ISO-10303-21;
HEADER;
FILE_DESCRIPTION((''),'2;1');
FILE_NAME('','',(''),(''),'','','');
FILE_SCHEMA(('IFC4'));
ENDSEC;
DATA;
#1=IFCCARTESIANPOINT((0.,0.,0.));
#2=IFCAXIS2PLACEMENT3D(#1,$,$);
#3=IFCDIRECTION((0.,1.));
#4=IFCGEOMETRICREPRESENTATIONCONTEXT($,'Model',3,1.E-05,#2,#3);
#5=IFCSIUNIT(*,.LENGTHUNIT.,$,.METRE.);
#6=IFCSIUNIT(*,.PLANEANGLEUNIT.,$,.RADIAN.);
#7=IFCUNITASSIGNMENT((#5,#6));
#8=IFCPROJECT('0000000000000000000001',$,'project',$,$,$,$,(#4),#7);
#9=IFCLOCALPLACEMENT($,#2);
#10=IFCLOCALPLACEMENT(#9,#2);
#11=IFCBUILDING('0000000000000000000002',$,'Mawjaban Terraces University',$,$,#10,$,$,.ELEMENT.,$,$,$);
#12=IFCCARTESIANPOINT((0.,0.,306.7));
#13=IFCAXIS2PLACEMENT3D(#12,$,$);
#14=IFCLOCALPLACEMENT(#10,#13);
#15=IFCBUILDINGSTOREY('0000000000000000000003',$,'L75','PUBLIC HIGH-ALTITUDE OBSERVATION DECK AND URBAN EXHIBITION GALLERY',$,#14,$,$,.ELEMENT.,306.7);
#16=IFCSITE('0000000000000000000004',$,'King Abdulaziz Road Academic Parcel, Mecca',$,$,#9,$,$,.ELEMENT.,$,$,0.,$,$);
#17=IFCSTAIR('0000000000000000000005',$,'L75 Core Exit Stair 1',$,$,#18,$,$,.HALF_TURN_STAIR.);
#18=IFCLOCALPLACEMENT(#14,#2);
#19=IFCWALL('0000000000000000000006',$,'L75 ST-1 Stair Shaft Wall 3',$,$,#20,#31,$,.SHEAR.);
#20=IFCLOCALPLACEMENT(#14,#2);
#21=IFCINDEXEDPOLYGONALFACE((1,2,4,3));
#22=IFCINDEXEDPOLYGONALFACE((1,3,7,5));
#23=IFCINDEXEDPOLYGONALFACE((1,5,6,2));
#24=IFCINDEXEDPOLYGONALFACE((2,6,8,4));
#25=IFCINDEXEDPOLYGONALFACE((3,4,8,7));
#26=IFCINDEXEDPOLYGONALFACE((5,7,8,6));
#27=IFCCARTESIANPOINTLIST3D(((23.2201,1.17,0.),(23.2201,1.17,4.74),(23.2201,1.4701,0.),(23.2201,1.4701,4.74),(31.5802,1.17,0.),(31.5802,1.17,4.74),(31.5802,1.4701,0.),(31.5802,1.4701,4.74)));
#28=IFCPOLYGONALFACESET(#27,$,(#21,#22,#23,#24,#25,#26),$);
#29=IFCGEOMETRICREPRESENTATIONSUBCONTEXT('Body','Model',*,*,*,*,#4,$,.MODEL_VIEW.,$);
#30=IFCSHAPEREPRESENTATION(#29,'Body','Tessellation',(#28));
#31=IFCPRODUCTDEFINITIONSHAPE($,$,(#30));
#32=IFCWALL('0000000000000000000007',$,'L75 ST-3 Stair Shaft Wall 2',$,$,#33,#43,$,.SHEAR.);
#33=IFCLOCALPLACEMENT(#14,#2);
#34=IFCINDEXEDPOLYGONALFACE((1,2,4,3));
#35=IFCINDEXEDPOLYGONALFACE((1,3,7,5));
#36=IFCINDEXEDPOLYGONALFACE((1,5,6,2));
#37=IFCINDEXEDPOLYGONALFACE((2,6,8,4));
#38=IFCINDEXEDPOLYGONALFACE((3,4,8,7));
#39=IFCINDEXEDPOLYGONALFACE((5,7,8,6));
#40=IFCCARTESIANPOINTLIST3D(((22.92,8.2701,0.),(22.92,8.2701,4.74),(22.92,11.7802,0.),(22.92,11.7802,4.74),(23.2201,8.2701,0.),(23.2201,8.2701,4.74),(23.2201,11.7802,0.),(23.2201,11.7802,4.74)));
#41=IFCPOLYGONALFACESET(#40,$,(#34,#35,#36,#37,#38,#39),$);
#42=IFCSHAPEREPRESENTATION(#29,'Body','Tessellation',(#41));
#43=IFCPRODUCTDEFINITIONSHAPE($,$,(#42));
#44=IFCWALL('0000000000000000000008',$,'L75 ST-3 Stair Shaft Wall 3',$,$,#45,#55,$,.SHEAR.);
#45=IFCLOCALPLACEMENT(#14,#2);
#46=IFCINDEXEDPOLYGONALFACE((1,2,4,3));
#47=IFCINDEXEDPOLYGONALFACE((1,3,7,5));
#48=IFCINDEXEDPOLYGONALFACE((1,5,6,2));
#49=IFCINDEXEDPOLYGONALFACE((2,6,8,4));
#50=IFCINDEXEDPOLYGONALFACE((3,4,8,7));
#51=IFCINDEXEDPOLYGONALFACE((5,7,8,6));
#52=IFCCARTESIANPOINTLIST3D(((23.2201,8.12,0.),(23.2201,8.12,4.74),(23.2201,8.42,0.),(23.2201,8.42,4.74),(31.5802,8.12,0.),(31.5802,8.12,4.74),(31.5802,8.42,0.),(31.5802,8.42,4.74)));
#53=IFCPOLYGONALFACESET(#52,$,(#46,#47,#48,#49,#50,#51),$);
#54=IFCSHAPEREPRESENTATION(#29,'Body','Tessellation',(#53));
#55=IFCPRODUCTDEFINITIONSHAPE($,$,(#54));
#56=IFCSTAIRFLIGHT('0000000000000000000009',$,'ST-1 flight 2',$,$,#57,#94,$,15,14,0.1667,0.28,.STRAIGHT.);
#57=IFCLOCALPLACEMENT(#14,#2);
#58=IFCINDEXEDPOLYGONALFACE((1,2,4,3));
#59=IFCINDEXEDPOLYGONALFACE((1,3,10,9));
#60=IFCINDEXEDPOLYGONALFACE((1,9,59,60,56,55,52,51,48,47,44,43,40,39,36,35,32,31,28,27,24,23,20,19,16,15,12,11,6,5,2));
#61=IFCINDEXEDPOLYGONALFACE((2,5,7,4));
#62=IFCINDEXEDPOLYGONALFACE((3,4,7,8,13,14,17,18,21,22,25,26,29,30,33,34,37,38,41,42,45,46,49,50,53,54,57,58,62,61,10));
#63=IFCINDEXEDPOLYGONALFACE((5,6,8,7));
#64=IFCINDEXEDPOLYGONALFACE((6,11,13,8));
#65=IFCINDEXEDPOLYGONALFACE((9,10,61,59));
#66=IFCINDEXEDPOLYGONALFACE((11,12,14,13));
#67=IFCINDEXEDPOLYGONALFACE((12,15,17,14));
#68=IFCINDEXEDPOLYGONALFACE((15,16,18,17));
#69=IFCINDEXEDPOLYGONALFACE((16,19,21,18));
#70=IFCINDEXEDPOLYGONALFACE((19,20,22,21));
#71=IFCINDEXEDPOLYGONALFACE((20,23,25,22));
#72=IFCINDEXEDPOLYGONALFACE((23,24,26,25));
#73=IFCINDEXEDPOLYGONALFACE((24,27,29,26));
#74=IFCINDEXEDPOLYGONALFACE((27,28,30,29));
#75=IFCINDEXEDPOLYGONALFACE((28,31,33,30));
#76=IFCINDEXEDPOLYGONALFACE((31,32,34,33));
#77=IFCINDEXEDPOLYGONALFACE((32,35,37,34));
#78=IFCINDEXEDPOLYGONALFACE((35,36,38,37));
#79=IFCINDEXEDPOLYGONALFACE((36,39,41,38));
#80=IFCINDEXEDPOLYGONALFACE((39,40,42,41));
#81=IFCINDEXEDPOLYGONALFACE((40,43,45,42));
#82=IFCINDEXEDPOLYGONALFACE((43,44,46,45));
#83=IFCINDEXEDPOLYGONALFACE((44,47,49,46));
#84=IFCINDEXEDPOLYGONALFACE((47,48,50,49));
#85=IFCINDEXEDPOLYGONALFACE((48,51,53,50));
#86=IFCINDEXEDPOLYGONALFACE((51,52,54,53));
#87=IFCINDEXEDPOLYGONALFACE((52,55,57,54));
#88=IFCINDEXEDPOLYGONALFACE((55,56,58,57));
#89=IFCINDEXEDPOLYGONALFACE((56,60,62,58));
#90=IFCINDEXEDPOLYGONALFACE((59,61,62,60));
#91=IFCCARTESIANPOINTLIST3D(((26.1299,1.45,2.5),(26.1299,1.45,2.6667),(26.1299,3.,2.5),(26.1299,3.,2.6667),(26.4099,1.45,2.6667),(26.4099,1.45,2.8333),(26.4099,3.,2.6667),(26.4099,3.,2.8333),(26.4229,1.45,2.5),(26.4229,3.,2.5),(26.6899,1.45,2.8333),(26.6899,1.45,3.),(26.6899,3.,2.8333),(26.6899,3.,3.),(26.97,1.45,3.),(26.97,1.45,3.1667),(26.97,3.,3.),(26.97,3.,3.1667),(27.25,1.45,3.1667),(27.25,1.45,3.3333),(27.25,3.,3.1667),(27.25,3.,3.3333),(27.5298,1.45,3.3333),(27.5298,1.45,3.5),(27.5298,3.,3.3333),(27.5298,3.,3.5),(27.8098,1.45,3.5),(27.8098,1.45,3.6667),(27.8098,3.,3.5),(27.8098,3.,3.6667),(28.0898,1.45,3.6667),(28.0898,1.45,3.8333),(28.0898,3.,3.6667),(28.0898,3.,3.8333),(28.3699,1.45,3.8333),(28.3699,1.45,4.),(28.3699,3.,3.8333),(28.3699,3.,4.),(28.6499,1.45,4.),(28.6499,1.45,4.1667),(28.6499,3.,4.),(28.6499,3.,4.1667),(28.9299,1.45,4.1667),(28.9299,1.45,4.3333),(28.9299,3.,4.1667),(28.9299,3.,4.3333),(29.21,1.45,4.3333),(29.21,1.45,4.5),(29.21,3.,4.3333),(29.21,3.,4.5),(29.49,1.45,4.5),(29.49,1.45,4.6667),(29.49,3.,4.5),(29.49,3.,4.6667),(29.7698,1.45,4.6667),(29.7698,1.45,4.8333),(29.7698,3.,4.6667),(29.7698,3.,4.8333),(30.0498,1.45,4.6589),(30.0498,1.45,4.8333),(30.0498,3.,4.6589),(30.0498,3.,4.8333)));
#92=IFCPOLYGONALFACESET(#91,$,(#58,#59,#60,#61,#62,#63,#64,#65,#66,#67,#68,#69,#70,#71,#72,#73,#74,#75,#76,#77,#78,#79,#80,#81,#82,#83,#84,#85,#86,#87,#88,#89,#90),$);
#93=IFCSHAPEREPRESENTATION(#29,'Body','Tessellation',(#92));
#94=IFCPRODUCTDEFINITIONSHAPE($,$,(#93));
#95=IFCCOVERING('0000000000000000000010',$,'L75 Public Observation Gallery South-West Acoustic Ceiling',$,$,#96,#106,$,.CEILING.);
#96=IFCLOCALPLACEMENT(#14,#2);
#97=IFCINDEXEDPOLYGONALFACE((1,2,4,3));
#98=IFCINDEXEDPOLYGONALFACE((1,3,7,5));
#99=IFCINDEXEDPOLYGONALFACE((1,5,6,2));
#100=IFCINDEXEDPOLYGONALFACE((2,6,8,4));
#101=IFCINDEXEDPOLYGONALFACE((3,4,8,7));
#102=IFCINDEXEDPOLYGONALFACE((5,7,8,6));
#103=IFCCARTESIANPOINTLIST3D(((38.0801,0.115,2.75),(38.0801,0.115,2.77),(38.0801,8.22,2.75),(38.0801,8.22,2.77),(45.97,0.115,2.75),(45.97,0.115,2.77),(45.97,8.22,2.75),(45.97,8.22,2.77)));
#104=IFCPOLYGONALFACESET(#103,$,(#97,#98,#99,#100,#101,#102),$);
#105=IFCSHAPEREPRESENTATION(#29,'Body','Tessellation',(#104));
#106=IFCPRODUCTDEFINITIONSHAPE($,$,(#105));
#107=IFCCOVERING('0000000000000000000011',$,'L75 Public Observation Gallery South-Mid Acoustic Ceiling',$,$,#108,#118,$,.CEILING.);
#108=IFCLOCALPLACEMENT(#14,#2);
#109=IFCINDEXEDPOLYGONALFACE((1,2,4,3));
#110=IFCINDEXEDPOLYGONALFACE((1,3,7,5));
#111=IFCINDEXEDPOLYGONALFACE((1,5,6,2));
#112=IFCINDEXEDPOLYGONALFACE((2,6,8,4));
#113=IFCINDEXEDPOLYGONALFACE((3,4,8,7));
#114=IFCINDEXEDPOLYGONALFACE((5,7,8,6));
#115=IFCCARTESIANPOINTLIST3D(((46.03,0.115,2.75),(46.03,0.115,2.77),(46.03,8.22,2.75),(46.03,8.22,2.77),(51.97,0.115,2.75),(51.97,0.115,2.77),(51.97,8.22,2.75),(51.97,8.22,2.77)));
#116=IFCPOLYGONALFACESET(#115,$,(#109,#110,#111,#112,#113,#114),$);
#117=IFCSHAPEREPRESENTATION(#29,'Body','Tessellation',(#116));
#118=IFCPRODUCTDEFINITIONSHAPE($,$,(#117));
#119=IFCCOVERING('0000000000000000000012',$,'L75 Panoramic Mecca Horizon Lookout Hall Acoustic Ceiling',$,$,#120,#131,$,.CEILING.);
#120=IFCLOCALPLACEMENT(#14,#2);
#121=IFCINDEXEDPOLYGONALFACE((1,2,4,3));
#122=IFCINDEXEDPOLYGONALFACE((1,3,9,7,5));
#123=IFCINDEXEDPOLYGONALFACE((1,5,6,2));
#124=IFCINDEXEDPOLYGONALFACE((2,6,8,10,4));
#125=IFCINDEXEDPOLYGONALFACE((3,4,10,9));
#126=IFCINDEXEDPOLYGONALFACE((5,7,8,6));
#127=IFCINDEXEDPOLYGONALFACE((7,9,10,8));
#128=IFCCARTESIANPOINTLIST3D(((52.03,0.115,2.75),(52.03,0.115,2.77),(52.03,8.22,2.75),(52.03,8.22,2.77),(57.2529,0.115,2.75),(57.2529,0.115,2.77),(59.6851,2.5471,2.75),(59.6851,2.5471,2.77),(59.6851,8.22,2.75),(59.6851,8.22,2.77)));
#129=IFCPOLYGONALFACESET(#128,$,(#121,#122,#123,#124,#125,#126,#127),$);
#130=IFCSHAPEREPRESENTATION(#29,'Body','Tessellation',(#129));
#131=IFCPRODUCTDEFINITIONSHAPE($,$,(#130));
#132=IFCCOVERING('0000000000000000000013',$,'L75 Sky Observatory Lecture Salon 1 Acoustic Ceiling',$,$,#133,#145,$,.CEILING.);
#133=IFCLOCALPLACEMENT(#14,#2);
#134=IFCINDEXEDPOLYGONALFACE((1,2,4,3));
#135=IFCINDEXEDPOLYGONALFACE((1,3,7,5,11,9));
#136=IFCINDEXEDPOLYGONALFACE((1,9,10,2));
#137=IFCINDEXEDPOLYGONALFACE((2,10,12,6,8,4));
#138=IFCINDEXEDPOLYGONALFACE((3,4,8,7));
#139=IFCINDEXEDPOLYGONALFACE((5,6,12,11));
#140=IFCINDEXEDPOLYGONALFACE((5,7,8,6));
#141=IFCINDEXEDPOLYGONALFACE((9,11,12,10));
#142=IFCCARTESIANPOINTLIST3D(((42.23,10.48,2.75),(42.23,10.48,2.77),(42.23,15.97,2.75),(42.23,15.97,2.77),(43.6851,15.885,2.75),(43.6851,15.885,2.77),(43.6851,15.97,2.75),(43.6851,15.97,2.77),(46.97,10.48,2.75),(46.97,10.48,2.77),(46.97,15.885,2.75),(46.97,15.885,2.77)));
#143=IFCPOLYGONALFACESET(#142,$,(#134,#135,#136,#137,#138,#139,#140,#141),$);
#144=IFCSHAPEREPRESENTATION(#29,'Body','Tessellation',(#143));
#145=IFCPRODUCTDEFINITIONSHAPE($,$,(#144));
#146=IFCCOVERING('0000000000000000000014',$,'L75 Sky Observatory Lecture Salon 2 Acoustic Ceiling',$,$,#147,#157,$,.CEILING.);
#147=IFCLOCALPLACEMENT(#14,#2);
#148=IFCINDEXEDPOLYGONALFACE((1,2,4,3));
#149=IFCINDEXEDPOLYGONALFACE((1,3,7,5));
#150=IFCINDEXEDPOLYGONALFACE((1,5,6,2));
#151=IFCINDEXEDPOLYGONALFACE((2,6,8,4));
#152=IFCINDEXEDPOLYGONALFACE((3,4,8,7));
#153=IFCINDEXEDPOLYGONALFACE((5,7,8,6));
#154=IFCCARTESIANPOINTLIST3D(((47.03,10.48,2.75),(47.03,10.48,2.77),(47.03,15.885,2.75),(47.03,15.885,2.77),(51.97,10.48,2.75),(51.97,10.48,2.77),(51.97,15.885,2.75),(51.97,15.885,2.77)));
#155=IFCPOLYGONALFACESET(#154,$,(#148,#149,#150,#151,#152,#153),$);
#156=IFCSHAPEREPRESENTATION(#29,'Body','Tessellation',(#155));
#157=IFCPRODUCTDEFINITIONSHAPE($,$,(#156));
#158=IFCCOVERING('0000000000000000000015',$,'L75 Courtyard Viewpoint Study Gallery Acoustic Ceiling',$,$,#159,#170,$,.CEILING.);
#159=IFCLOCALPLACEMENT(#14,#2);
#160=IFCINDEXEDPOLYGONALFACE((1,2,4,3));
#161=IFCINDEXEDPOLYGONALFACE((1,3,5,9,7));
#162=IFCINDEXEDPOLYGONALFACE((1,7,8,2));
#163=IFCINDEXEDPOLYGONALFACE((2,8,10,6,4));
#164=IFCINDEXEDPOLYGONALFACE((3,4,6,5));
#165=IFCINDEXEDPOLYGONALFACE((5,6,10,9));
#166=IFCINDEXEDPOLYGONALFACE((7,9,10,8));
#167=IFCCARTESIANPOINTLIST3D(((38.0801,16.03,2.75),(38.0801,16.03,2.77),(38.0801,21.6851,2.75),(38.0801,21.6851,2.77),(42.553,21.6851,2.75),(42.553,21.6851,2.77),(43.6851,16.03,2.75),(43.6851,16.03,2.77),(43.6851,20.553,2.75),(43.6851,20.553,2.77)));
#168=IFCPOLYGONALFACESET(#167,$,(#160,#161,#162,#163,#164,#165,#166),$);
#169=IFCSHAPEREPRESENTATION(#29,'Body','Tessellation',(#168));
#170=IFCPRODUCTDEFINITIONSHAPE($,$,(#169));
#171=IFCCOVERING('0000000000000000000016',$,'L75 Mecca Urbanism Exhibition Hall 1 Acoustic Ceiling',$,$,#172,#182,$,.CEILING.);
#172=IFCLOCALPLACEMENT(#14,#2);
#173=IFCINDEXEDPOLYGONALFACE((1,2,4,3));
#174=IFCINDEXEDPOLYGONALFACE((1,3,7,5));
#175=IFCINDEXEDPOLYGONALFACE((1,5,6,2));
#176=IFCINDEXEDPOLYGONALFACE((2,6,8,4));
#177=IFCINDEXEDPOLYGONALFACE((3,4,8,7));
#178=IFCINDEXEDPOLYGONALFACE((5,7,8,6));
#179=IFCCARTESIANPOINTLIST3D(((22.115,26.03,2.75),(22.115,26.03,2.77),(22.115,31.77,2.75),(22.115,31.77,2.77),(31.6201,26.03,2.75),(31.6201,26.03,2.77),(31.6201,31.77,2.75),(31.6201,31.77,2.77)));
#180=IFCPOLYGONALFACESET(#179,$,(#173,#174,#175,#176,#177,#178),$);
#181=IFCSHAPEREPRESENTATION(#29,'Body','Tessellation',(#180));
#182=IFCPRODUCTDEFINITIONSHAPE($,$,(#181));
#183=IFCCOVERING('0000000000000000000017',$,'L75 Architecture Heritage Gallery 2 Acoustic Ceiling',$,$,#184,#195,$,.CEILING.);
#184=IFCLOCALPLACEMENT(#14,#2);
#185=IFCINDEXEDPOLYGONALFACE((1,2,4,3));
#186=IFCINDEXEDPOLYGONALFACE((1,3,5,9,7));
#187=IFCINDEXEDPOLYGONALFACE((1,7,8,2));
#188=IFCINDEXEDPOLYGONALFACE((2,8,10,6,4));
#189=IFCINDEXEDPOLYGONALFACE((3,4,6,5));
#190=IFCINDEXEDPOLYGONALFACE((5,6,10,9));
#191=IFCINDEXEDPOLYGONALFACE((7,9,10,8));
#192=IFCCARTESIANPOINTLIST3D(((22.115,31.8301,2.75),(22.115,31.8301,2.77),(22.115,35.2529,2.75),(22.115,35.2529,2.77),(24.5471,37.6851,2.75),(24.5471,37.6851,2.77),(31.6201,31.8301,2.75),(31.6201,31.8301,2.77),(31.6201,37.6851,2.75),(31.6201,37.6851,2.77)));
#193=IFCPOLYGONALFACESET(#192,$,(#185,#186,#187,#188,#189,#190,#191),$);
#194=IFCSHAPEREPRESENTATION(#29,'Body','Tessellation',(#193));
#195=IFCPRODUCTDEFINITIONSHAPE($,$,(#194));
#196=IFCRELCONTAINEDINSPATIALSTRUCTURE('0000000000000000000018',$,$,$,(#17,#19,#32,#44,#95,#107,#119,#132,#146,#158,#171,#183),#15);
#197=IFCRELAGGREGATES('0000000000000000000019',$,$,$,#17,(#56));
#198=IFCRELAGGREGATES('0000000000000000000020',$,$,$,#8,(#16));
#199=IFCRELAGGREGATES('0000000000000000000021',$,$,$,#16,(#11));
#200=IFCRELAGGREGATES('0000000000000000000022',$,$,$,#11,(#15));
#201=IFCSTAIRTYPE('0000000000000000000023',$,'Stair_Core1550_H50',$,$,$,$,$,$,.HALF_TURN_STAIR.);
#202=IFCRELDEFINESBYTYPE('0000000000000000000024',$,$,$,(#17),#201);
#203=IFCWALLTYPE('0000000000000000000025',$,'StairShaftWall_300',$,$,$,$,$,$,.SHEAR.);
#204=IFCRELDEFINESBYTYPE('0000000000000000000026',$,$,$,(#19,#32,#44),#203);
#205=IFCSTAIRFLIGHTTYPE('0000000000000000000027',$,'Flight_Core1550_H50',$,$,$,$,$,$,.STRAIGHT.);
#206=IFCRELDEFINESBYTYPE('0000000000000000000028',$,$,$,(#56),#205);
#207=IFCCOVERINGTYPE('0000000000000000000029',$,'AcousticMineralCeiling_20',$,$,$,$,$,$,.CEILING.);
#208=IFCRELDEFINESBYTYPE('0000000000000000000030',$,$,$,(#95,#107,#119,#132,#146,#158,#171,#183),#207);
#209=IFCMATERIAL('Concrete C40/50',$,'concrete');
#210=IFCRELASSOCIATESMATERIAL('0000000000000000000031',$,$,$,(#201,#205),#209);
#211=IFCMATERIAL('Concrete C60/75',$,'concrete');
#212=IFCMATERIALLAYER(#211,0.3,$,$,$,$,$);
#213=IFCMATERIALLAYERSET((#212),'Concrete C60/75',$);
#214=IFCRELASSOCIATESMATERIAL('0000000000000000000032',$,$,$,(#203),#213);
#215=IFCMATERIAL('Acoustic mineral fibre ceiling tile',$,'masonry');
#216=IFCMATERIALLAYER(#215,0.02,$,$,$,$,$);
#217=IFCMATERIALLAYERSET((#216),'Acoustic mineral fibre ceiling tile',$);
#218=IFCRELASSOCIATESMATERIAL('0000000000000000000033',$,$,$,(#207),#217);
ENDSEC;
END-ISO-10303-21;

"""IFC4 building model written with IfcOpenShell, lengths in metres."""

from ifc_helpers import new_model, si_unit, direction, frame, frame_2d, origin, place, context, subcontext, project, spatial, polyline, rectangle, outline, extrude, material, layer, layer_set, type_object, element, aggregate, save


model = new_model("IFC4")

# Units and contexts
model_context = context("Model", 3, precision=1e-05, world=origin(), true_north=direction((0.0, 1.0)))
body_context = subcontext(model_context, "Body", "Model", "MODEL_VIEW")
ifc_project = project(units=[si_unit("LENGTHUNIT", "METRE"), si_unit("PLANEANGLEUNIT", "RADIAN")], contexts=[model_context])

# Site, building, storey
site_placement = place(None, origin())
site = spatial("IfcSite", under=ifc_project, at=site_placement, Name="King Abdulaziz Road Academic Parcel, Mecca", CompositionType="ELEMENT", RefElevation=0.0)
building_placement = place(site_placement, origin())
building = spatial("IfcBuilding", under=site, at=building_placement, Name="Mawjaban Terraces University", CompositionType="ELEMENT")
storey_placement = place(building_placement, frame((0.0, 0.0, 306.7)))
storey = spatial("IfcBuildingStorey", under=building, at=storey_placement, Name="L75", Description="PUBLIC HIGH-ALTITUDE OBSERVATION DECK AND URBAN EXHIBITION GALLERY", CompositionType="ELEMENT", Elevation=306.7)

# Shared definitions
ifc_material_1 = material(Name="Concrete C40/50", Category="concrete")

# Stair
stair_type = type_object("IfcStairType", Name="Stair_Core1550_H50", PredefinedType="HALF_TURN_STAIR", material=ifc_material_1)
stair_1_placement = place(storey_placement, origin())
stair_1 = element("IfcStair", 1, at=stair_1_placement, inside=storey, type_object=stair_type, Name="L75 Core Exit Stair 1", PredefinedType="HALF_TURN_STAIR")

# Walls
ifc_material_2 = material(Name="Concrete C60/75", Category="concrete")
ifc_layer_1 = layer(ifc_material_2, 0.3)
ifc_layer_set_1 = layer_set([ifc_layer_1], Name="Concrete C60/75")
wall_type_1 = type_object("IfcWallType", Name="StairShaftWall_300", PredefinedType="SHEAR", material=ifc_layer_set_1)
wall_1_placement = place(storey_placement, frame((23.22, 1.3201, 0.0), z_axis=(0.0, 0.0, 1.0), x_axis=(1.0, 0.0, 0.0)))
element("IfcWall", 2, at=wall_1_placement, inside=storey, type_object=wall_type_1, Name="L75 ST-1 Stair Shaft Wall 3", PredefinedType="SHEAR", context=body_context, shape_type="SweptSolid", body=[
    extrude(rectangle(XDim=8.3601, YDim=0.3, at=frame_2d((4.1802, 0.0))), origin(), (0.0, 0.0, 1.0), 4.74),
])
wall_2_placement = place(storey_placement, frame((23.0701, 11.78, 0.0), z_axis=(0.0, 0.0, 1.0), x_axis=(0.0, -1.0, 0.0)))
element("IfcWall", 3, at=wall_2_placement, inside=storey, type_object=wall_type_1, Name="L75 ST-3 Stair Shaft Wall 2", PredefinedType="SHEAR", context=body_context, shape_type="SweptSolid", body=[
    extrude(rectangle(XDim=3.51, YDim=0.3, at=frame_2d((1.7549, 0.0))), origin(), (0.0, 0.0, 1.0), 4.74),
])
wall_3_placement = place(storey_placement, frame((23.22, 8.27, 0.0), z_axis=(0.0, 0.0, 1.0), x_axis=(1.0, 0.0, 0.0)))
element("IfcWall", 4, at=wall_3_placement, inside=storey, type_object=wall_type_1, Name="L75 ST-3 Stair Shaft Wall 3", PredefinedType="SHEAR", context=body_context, shape_type="SweptSolid", body=[
    extrude(rectangle(XDim=8.3601, YDim=0.3, at=frame_2d((4.1802, 0.0))), origin(), (0.0, 0.0, 1.0), 4.74),
])

# Stair flight
stair_flight_type = type_object("IfcStairFlightType", Name="Flight_Core1550_H50", PredefinedType="STRAIGHT", material=ifc_material_1)
stair_flight_placement = place(storey_placement, frame((26.1299, 2.2251, 2.5), z_axis=(0.0, 0.0, 1.0), x_axis=(1.0, 0.0, 0.0)))
stair_flight = element("IfcStairFlight", 5, at=stair_flight_placement, type_object=stair_flight_type, Name="ST-1 flight 2", NumberOfRisers=15, NumberOfTreads=14, PredefinedType="STRAIGHT", RiserHeight=0.1667, TreadLength=0.28, context=body_context, shape_type="SweptSolid", body=[
    extrude(outline(polyline([(0.0, 0.0), (0.0, 0.1667), (0.28, 0.1667), (0.28, 0.3333), (0.5601, 0.3333), (0.5601, 0.5), (0.8401, 0.5), (0.8401, 0.6667), (1.1201, 0.6667), (1.1201, 0.8333), (1.3999, 0.8333), (1.3999, 1.0), (1.6799, 1.0), (1.6799, 1.1667), (1.96, 1.1667), (1.96, 1.3333), (2.24, 1.3333), (2.24, 1.5), (2.52, 1.5), (2.52, 1.6667), (2.8, 1.6667), (2.8, 1.8333), (3.0801, 1.8333), (3.0801, 2.0), (3.3601, 2.0), (3.3601, 2.1667), (3.6399, 2.1667), (3.6399, 2.3333), (3.9199, 2.3333), (3.9199, 2.5), (3.9199, 2.1589), (0.293, 0.0), (0.0, 0.0)])), frame((0.0, 0.7749, 0.0), z_axis=(0.0, -1.0, 0.0), x_axis=(1.0, 0.0, 0.0)), (0.0, 0.0, 1.0), 1.55),
])
aggregate(stair_1, [stair_flight])

# Coverings
ifc_material_3 = material(Name="Acoustic mineral fibre ceiling tile", Category="masonry")
ifc_layer_2 = layer(ifc_material_3, 0.02)
ifc_layer_set_2 = layer_set([ifc_layer_2], Name="Acoustic mineral fibre ceiling tile")
covering_type_1 = type_object("IfcCoveringType", Name="AcousticMineralCeiling_20", PredefinedType="CEILING", material=ifc_layer_set_2)
covering_1_placement = place(storey_placement, frame((0.0, 0.0, 2.75)))
element("IfcCovering", 6, at=covering_1_placement, inside=storey, type_object=covering_type_1, Name="L75 Public Observation Gallery South-West Acoustic Ceiling", PredefinedType="CEILING", context=body_context, shape_type="SweptSolid", body=[
    extrude(outline(polyline([(45.97, 0.115), (45.97, 8.22), (38.0801, 8.22), (38.0801, 0.115), (45.97, 0.115)])), origin(), (0.0, 0.0, 1.0), 0.02),
])
covering_2_placement = place(storey_placement, frame((0.0, 0.0, 2.75)))
element("IfcCovering", 7, at=covering_2_placement, inside=storey, type_object=covering_type_1, Name="L75 Public Observation Gallery South-Mid Acoustic Ceiling", PredefinedType="CEILING", context=body_context, shape_type="SweptSolid", body=[
    extrude(outline(polyline([(46.03, 0.115), (51.97, 0.115), (51.97, 8.22), (46.03, 8.22), (46.03, 0.115)])), origin(), (0.0, 0.0, 1.0), 0.02),
])
covering_3_placement = place(storey_placement, frame((0.0, 0.0, 2.75)))
element("IfcCovering", 8, at=covering_3_placement, inside=storey, type_object=covering_type_1, Name="L75 Panoramic Mecca Horizon Lookout Hall Acoustic Ceiling", PredefinedType="CEILING", context=body_context, shape_type="SweptSolid", body=[
    extrude(outline(polyline([(52.03, 8.22), (52.03, 0.115), (57.2529, 0.115), (59.6851, 2.5471), (59.6851, 8.22), (52.03, 8.22)])), origin(), (0.0, 0.0, 1.0), 0.02),
])
covering_4_placement = place(storey_placement, frame((0.0, 0.0, 2.75)))
element("IfcCovering", 9, at=covering_4_placement, inside=storey, type_object=covering_type_1, Name="L75 Sky Observatory Lecture Salon 1 Acoustic Ceiling", PredefinedType="CEILING", context=body_context, shape_type="SweptSolid", body=[
    extrude(outline(polyline([(46.97, 15.885), (43.6851, 15.885), (43.6851, 15.97), (42.23, 15.97), (42.23, 10.48), (46.97, 10.48), (46.97, 15.885)])), origin(), (0.0, 0.0, 1.0), 0.02),
])
covering_5_placement = place(storey_placement, frame((0.0, 0.0, 2.75)))
element("IfcCovering", 10, at=covering_5_placement, inside=storey, type_object=covering_type_1, Name="L75 Sky Observatory Lecture Salon 2 Acoustic Ceiling", PredefinedType="CEILING", context=body_context, shape_type="SweptSolid", body=[
    extrude(outline(polyline([(51.97, 15.885), (47.03, 15.885), (47.03, 10.48), (51.97, 10.48), (51.97, 15.885)])), origin(), (0.0, 0.0, 1.0), 0.02),
])
covering_6_placement = place(storey_placement, frame((0.0, 0.0, 2.75)))
element("IfcCovering", 11, at=covering_6_placement, inside=storey, type_object=covering_type_1, Name="L75 Courtyard Viewpoint Study Gallery Acoustic Ceiling", PredefinedType="CEILING", context=body_context, shape_type="SweptSolid", body=[
    extrude(outline(polyline([(43.6851, 16.03), (43.6851, 20.553), (42.553, 21.6851), (38.0801, 21.6851), (38.0801, 16.03), (43.6851, 16.03)])), origin(), (0.0, 0.0, 1.0), 0.02),
])
covering_7_placement = place(storey_placement, frame((0.0, 0.0, 2.75)))
element("IfcCovering", 12, at=covering_7_placement, inside=storey, type_object=covering_type_1, Name="L75 Mecca Urbanism Exhibition Hall 1 Acoustic Ceiling", PredefinedType="CEILING", context=body_context, shape_type="SweptSolid", body=[
    extrude(outline(polyline([(22.115, 31.77), (22.115, 26.03), (31.6201, 26.03), (31.6201, 31.77), (22.115, 31.77)])), origin(), (0.0, 0.0, 1.0), 0.02),
])
covering_8_placement = place(storey_placement, frame((0.0, 0.0, 2.75)))
element("IfcCovering", 13, at=covering_8_placement, inside=storey, type_object=covering_type_1, Name="L75 Architecture Heritage Gallery 2 Acoustic Ceiling", PredefinedType="CEILING", context=body_context, shape_type="SweptSolid", body=[
    extrude(outline(polyline([(31.6201, 37.6851), (24.5471, 37.6851), (22.115, 35.2529), (22.115, 31.8301), (31.6201, 31.8301), (31.6201, 37.6851)])), origin(), (0.0, 0.0, 1.0), 0.02),
])

save(model, "model.ifc")
